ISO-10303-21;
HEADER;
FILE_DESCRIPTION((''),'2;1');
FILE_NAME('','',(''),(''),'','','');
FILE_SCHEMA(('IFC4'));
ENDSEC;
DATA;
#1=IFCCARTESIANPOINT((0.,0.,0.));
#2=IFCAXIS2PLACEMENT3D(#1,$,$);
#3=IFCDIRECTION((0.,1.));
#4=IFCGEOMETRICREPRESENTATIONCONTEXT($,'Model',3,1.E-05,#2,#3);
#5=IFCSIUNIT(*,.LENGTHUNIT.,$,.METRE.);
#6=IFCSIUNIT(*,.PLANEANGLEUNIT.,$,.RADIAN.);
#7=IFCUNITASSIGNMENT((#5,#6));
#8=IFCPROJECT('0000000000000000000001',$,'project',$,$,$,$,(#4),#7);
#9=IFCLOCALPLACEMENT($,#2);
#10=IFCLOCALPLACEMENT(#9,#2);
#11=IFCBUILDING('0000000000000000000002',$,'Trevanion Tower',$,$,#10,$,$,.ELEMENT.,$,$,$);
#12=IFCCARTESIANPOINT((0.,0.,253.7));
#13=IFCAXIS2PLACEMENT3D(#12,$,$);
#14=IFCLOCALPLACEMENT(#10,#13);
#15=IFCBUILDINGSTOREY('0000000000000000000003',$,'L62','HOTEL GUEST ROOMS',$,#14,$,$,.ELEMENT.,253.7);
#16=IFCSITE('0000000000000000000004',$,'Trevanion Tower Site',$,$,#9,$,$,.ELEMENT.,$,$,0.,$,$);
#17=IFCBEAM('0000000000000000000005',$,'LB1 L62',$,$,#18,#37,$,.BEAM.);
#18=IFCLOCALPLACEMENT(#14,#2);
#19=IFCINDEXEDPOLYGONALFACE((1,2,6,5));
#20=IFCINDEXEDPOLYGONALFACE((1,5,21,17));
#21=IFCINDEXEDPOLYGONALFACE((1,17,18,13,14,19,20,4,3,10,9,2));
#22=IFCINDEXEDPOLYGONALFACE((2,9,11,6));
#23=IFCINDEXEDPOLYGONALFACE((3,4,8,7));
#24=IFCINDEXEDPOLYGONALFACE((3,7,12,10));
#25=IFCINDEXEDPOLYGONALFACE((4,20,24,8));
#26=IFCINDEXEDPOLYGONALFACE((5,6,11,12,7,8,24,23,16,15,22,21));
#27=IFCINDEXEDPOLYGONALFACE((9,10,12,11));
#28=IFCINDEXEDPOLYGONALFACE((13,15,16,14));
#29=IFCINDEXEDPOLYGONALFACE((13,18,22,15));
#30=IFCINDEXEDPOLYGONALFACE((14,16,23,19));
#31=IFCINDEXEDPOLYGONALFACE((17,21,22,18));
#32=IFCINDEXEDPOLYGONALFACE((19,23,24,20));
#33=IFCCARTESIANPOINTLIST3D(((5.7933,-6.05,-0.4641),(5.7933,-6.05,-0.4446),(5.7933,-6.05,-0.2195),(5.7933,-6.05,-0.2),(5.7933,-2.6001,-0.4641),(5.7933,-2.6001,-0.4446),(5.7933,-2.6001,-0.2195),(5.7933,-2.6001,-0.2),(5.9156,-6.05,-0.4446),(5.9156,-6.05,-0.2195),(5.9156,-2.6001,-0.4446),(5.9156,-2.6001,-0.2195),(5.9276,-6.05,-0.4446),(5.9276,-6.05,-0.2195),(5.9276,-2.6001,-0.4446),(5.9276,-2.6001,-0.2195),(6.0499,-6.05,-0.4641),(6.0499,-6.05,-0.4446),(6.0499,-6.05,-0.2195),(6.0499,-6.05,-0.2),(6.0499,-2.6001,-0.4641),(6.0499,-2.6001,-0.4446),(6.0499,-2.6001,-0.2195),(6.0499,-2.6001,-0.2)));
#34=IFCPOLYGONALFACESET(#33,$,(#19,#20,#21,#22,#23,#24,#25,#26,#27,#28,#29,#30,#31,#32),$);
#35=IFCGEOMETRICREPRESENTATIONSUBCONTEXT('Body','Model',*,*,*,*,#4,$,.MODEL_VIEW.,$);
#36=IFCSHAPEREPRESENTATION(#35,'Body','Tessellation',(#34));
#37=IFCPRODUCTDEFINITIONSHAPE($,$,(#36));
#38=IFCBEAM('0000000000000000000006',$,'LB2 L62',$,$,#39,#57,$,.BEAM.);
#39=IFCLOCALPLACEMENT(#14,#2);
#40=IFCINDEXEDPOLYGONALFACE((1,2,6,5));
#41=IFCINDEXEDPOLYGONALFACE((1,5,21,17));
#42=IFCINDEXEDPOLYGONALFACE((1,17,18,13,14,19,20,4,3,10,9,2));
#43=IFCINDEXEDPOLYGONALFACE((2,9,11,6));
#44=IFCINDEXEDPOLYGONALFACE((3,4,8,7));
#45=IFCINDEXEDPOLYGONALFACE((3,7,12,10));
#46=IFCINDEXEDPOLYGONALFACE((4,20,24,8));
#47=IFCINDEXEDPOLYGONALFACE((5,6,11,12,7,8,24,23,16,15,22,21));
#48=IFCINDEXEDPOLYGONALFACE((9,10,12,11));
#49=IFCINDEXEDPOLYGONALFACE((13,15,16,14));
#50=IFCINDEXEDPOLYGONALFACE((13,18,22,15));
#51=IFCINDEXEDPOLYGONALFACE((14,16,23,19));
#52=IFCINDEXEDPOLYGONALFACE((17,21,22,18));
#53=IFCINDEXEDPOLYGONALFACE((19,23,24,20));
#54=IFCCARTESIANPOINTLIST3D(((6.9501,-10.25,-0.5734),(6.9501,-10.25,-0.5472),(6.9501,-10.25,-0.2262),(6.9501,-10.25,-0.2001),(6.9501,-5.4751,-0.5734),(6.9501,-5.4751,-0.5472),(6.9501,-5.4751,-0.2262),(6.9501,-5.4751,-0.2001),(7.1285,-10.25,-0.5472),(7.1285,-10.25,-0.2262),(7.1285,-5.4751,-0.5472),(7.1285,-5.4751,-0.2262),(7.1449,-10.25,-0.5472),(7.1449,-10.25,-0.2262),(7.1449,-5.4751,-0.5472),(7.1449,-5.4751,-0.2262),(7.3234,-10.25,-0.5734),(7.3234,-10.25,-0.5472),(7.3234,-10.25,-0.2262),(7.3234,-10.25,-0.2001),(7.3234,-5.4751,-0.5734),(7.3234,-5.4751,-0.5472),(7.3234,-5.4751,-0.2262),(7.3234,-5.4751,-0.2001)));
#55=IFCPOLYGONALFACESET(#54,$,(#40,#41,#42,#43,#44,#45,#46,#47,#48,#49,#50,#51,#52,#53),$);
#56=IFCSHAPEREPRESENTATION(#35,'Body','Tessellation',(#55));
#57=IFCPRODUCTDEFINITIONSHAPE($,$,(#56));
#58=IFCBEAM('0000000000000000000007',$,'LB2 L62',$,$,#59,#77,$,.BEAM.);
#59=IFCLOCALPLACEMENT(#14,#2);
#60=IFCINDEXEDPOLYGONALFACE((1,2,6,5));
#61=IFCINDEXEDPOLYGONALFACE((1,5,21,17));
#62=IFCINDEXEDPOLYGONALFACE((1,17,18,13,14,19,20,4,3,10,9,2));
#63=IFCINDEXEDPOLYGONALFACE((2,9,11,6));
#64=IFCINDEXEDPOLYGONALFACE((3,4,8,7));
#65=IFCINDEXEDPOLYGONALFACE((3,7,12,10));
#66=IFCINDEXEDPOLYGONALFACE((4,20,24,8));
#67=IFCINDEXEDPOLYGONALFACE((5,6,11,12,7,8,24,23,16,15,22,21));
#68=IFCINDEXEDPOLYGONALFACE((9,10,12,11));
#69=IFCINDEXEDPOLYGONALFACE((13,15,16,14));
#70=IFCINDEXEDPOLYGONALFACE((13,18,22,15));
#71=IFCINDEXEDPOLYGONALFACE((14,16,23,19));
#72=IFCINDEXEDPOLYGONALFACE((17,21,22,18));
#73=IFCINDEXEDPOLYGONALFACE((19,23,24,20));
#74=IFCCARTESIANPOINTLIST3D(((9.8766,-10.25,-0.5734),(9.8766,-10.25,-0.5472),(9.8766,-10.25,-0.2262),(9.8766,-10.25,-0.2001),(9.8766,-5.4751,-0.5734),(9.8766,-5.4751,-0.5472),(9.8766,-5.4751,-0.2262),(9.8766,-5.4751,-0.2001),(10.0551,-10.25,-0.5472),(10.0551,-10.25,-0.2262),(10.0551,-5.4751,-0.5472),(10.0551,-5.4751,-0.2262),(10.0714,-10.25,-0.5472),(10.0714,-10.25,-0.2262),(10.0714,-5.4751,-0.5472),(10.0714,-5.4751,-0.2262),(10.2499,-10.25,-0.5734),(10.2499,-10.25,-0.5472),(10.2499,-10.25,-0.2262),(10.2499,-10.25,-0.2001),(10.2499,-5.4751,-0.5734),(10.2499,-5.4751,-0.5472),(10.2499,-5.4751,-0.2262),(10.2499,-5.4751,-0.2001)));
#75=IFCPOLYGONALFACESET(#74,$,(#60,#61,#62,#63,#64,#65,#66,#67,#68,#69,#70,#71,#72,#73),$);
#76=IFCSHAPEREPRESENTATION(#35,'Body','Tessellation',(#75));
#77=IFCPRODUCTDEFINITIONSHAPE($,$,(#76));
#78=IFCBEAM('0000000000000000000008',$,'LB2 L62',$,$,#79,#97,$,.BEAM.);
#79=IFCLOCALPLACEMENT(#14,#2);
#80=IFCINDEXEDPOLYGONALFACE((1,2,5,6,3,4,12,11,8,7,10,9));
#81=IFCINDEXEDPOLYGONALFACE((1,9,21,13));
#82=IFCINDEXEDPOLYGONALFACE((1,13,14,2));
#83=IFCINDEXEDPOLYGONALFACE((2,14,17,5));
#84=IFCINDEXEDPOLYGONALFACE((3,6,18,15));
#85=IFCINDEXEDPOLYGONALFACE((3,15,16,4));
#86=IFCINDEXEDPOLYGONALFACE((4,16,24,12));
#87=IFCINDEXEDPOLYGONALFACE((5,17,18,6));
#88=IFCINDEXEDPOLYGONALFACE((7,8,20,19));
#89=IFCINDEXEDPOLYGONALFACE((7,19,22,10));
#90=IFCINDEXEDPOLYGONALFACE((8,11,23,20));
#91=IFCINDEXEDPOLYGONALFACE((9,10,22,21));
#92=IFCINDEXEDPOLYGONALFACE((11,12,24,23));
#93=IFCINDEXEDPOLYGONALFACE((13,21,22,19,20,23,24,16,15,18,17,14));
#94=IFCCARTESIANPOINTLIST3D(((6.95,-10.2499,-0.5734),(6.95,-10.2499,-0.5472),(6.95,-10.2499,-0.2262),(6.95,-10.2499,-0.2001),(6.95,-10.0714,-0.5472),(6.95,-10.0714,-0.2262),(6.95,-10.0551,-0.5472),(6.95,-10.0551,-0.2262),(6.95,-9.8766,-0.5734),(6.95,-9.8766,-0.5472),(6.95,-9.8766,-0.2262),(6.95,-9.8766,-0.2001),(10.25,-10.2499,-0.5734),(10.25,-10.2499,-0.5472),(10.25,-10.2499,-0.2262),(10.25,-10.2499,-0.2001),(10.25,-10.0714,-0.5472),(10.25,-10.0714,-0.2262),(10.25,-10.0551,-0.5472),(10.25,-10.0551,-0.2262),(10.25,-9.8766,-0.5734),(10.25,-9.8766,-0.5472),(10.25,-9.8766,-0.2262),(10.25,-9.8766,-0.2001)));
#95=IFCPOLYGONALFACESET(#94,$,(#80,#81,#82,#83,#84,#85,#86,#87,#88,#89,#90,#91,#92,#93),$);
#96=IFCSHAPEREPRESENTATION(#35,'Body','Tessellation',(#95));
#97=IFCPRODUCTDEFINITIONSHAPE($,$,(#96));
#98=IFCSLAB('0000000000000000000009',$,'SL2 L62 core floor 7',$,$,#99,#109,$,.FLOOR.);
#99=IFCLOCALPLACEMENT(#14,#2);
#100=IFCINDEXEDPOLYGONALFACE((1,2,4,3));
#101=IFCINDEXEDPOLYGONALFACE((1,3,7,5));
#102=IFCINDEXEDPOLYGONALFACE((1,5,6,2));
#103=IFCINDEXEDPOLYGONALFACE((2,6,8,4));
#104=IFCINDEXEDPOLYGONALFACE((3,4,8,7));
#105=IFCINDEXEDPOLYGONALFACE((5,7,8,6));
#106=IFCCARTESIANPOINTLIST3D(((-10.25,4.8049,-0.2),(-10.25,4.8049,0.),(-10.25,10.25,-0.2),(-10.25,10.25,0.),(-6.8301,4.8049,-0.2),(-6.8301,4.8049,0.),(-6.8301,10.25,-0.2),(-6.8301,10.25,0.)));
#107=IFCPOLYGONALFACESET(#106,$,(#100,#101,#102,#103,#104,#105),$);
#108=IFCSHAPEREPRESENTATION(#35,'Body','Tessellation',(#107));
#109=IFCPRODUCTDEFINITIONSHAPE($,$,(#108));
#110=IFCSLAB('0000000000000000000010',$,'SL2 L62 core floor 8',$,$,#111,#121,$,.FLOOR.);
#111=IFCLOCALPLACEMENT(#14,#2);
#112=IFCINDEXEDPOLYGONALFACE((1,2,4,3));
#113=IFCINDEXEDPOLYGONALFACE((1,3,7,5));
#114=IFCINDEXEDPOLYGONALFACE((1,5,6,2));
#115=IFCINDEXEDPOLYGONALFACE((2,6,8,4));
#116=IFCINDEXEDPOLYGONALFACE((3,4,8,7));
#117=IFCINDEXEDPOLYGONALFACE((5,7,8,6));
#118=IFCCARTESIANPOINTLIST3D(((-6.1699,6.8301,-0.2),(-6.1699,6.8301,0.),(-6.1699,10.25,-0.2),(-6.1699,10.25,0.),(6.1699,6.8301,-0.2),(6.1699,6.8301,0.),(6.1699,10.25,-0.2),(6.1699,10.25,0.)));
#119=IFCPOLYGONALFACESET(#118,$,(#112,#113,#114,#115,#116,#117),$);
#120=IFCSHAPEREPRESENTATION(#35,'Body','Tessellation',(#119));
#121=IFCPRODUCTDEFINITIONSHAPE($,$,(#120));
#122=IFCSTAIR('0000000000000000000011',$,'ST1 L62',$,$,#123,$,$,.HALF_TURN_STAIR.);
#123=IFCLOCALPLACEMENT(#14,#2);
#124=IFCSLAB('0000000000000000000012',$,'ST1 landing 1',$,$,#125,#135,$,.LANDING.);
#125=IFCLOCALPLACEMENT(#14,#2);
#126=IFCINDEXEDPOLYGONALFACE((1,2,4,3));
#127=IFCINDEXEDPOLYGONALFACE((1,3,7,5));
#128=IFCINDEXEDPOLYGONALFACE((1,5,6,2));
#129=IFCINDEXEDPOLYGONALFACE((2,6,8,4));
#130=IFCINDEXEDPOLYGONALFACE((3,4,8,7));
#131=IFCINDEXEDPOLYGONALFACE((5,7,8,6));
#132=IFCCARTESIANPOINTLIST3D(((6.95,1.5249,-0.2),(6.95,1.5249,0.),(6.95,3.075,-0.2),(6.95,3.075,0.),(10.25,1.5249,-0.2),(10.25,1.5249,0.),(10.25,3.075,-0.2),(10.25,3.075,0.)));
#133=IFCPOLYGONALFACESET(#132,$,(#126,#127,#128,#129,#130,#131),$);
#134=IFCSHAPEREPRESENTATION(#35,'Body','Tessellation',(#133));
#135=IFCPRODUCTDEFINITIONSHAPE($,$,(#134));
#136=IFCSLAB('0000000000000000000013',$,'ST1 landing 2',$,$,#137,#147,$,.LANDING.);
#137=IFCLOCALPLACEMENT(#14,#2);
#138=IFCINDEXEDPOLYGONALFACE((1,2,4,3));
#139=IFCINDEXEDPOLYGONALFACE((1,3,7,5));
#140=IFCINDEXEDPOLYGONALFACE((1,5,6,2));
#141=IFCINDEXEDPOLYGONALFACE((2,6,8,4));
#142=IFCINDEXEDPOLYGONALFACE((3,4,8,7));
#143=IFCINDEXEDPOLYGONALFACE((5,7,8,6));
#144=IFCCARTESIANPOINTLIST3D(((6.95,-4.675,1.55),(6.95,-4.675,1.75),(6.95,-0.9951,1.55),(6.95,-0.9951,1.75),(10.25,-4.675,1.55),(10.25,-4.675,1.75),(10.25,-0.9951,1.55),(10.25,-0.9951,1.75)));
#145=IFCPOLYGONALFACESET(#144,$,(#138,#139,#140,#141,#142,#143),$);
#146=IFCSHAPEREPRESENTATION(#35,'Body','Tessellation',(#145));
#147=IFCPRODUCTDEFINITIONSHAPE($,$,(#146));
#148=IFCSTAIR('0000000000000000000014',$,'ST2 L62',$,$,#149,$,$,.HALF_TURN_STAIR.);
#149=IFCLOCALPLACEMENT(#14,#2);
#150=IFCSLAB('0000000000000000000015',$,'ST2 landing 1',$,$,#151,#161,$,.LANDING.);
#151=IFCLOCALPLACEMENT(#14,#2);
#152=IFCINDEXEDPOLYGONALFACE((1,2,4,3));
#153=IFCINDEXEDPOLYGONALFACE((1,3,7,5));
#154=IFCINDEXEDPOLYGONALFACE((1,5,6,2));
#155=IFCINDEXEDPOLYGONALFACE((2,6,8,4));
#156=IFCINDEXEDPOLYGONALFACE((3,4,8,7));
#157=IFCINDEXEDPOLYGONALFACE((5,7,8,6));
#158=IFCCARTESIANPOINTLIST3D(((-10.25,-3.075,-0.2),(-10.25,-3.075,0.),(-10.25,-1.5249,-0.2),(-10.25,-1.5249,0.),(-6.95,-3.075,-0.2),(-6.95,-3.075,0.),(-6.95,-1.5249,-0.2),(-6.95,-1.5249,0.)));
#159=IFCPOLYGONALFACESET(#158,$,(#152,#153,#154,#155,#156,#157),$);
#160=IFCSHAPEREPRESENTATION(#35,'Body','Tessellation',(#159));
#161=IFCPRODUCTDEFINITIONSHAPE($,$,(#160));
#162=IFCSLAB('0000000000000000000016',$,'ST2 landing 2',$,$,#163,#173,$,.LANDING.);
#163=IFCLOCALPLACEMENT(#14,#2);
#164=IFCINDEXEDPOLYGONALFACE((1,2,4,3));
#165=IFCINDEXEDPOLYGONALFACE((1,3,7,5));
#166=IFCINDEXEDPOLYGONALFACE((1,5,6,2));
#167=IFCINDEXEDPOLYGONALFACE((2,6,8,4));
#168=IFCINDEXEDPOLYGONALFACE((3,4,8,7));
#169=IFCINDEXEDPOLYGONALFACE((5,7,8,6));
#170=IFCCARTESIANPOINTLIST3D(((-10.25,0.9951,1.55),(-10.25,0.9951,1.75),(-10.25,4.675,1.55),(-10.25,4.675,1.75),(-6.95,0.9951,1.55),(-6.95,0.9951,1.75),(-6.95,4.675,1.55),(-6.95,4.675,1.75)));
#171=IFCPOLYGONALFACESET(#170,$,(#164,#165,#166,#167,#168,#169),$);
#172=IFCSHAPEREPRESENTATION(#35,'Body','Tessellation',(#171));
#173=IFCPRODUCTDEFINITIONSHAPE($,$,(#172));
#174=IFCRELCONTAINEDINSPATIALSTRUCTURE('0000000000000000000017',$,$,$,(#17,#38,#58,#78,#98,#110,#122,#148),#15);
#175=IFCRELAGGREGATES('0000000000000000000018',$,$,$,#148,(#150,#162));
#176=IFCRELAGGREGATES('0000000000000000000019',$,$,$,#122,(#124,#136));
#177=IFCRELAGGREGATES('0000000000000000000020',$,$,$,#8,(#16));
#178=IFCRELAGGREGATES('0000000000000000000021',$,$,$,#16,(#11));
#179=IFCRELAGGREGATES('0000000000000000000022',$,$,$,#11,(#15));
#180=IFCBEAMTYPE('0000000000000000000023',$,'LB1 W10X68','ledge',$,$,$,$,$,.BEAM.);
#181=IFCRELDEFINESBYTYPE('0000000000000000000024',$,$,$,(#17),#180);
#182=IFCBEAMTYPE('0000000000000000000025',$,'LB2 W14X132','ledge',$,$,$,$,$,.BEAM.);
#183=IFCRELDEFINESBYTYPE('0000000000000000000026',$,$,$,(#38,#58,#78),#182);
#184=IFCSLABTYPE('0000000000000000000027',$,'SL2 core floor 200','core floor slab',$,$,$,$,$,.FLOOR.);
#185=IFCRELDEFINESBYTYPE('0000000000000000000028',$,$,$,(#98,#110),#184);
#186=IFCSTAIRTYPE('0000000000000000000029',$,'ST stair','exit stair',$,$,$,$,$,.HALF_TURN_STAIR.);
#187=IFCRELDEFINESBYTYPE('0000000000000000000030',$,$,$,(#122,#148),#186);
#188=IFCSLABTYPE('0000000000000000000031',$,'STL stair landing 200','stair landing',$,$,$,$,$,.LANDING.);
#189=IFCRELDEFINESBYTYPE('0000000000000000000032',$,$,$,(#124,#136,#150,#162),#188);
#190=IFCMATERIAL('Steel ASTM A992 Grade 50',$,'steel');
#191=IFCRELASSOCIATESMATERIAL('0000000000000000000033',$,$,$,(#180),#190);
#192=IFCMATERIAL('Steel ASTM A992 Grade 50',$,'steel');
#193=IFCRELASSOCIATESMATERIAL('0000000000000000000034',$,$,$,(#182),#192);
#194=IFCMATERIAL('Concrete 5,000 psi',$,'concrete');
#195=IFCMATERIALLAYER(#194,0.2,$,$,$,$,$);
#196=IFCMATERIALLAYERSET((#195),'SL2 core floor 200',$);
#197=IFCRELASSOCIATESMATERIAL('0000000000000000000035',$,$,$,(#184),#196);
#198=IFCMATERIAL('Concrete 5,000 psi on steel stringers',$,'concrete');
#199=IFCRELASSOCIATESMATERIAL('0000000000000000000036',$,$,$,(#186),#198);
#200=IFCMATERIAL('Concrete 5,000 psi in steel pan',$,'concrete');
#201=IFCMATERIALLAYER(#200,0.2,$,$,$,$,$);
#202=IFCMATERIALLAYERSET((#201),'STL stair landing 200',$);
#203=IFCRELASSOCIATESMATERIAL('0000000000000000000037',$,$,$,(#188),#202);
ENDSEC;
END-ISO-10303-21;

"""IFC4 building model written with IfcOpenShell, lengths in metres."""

from ifc_helpers import new_model, si_unit, direction, frame, origin, origin_2d, place, context, subcontext, project, spatial, polyline, i_section, outline, extrude, material, layer, layer_set, material_profile, profile_set, type_object, element, aggregate, save


model = new_model("IFC4")

# Units and contexts
model_context = context("Model", 3, precision=1e-05, world=origin(), true_north=direction((0.0, 1.0)))
body_context = subcontext(model_context, "Body", "Model", "MODEL_VIEW")
ifc_project = project(units=[si_unit("LENGTHUNIT", "METRE"), si_unit("PLANEANGLEUNIT", "RADIAN")], contexts=[model_context])

# Site, building, storey
site_placement = place(None, origin())
site = spatial("IfcSite", under=ifc_project, at=site_placement, Name="Trevanion Tower Site", CompositionType="ELEMENT", RefElevation=0.0)
building_placement = place(site_placement, origin())
building = spatial("IfcBuilding", under=site, at=building_placement, Name="Trevanion Tower", CompositionType="ELEMENT")
storey_placement = place(building_placement, frame((0.0, 0.0, 253.7)))
storey = spatial("IfcBuildingStorey", under=building, at=storey_placement, Name="L62", Description="HOTEL GUEST ROOMS", CompositionType="ELEMENT", Elevation=253.7)

# Beams
ifc_material_1 = material(Name="Steel ASTM A992 Grade 50", Category="steel")
ifc_material_profile_1 = material_profile(ifc_material_1, i_section(OverallWidth=0.2566, OverallDepth=0.2642, WebThickness=0.012, FlangeThickness=0.0195, at=origin_2d()), Name="W10X68")
ifc_profile_set_1 = profile_set([ifc_material_profile_1], Name="Steel ASTM A992 Grade 50")
beam_type_1 = type_object("IfcBeamType", Name="LB1 W10X68", Description="ledge", PredefinedType="BEAM", material=ifc_profile_set_1)
beam_1_placement = place(storey_placement, frame((5.9216, -6.05, -0.332), z_axis=(0.0, 1.0, 0.0), x_axis=(-1.0, 0.0, 0.0)))
element("IfcBeam", 1, at=beam_1_placement, inside=storey, type_object=beam_type_1, Name="LB1 L62", PredefinedType="BEAM", context=body_context, shape_type="SweptSolid", body=[
    extrude(i_section(OverallWidth=0.2566, OverallDepth=0.2642, WebThickness=0.012, FlangeThickness=0.0195, at=origin_2d()), origin(), (0.0, 0.0, 1.0), 3.45),
])
ifc_material_2 = material(Name="Steel ASTM A992 Grade 50", Category="steel")
ifc_material_profile_2 = material_profile(ifc_material_2, i_section(OverallWidth=0.3733, OverallDepth=0.3733, WebThickness=0.0164, FlangeThickness=0.0261, at=origin_2d()), Name="W14X132")
ifc_profile_set_2 = profile_set([ifc_material_profile_2], Name="Steel ASTM A992 Grade 50")
beam_type_2 = type_object("IfcBeamType", Name="LB2 W14X132", Description="ledge", PredefinedType="BEAM", material=ifc_profile_set_2)
for number, where, z_axis, x_axis, name in (
    (2, (7.1367, -10.25, -0.3867), (0.0, 1.0, 0.0), (-1.0, 0.0, 0.0), "LB2 L62"),
    (3, (10.0632, -10.25, -0.3867), (0.0, 1.0, 0.0), (-1.0, 0.0, 0.0), "LB2 L62"),
):
    element("IfcBeam", number, at=place(storey_placement, frame(where, z_axis=z_axis, x_axis=x_axis)), inside=storey, type_object=beam_type_2, Name=name, PredefinedType="BEAM", context=body_context, shape_type="SweptSolid", body=[
        extrude(i_section(OverallWidth=0.3733, OverallDepth=0.3733, WebThickness=0.0164, FlangeThickness=0.0261, at=origin_2d()), origin(), (0.0, 0.0, 1.0), 4.7749),
    ])
beam_2_placement = place(storey_placement, frame((6.95, -10.0632, -0.3867), z_axis=(1.0, 0.0, 0.0), x_axis=(0.0, 1.0, 0.0)))
element("IfcBeam", 4, at=beam_2_placement, inside=storey, type_object=beam_type_2, Name="LB2 L62", PredefinedType="BEAM", context=body_context, shape_type="SweptSolid", body=[
    extrude(i_section(OverallWidth=0.3733, OverallDepth=0.3733, WebThickness=0.0164, FlangeThickness=0.0261, at=origin_2d()), origin(), (0.0, 0.0, 1.0), 3.3),
])

# Slabs
ifc_material_3 = material(Name="Concrete 5,000 psi", Category="concrete")
ifc_layer_1 = layer(ifc_material_3, 0.2)
ifc_layer_set_1 = layer_set([ifc_layer_1], Name="SL2 core floor 200")
slab_type_1 = type_object("IfcSlabType", Name="SL2 core floor 200", Description="core floor slab", PredefinedType="FLOOR", material=ifc_layer_set_1)
slab_1_placement = place(storey_placement, frame((0.0, 0.0, -0.2)))
element("IfcSlab", 5, at=slab_1_placement, inside=storey, type_object=slab_type_1, Name="SL2 L62 core floor 7", PredefinedType="FLOOR", context=body_context, shape_type="SweptSolid", body=[
    extrude(outline(polyline([(-6.8301, 4.8049), (-10.25, 4.8049), (-10.25, 10.25), (-6.8301, 10.25), (-6.8301, 4.8049)])), origin(), (0.0, 0.0, 1.0), 0.2),
])
slab_2_placement = place(storey_placement, frame((0.0, 0.0, -0.2)))
element("IfcSlab", 6, at=slab_2_placement, inside=storey, type_object=slab_type_1, Name="SL2 L62 core floor 8", PredefinedType="FLOOR", context=body_context, shape_type="SweptSolid", body=[
    extrude(outline(polyline([(6.1699, 6.8301), (-6.1699, 6.8301), (-6.1699, 10.25), (6.1699, 10.25), (6.1699, 6.8301)])), origin(), (0.0, 0.0, 1.0), 0.2),
])

# Stairs, slabs
ifc_material_4 = material(Name="Concrete 5,000 psi on steel stringers", Category="concrete")
stair_type = type_object("IfcStairType", Name="ST stair", Description="exit stair", PredefinedType="HALF_TURN_STAIR", material=ifc_material_4)
stair_1_placement = place(storey_placement, origin())
stair_1 = element("IfcStair", 7, at=stair_1_placement, inside=storey, type_object=stair_type, Name="ST1 L62", PredefinedType="HALF_TURN_STAIR")
ifc_material_5 = material(Name="Concrete 5,000 psi in steel pan", Category="concrete")
ifc_layer_2 = layer(ifc_material_5, 0.2)
ifc_layer_set_2 = layer_set([ifc_layer_2], Name="STL stair landing 200")
slab_type_2 = type_object("IfcSlabType", Name="STL stair landing 200", Description="stair landing", PredefinedType="LANDING", material=ifc_layer_set_2)
slab_3_placement = place(storey_placement, frame((0.0, 0.0, -0.2)))
slab_3 = element("IfcSlab", 8, at=slab_3_placement, type_object=slab_type_2, Name="ST1 landing 1", PredefinedType="LANDING", context=body_context, shape_type="SweptSolid", body=[
    extrude(outline(polyline([(6.95, 1.5249), (10.25, 1.5249), (10.25, 3.075), (6.95, 3.075), (6.95, 1.5249)])), origin(), (0.0, 0.0, 1.0), 0.2),
])
slab_4_placement = place(storey_placement, frame((0.0, 0.0, 1.55)))
slab_4 = element("IfcSlab", 9, at=slab_4_placement, type_object=slab_type_2, Name="ST1 landing 2", PredefinedType="LANDING", context=body_context, shape_type="SweptSolid", body=[
    extrude(outline(polyline([(6.95, -4.675), (10.25, -4.675), (10.25, -0.9951), (6.95, -0.9951), (6.95, -4.675)])), origin(), (0.0, 0.0, 1.0), 0.2),
])
stair_2_placement = place(storey_placement, origin())
stair_2 = element("IfcStair", 10, at=stair_2_placement, inside=storey, type_object=stair_type, Name="ST2 L62", PredefinedType="HALF_TURN_STAIR")
slab_5_placement = place(storey_placement, frame((0.0, 0.0, -0.2)))
slab_5 = element("IfcSlab", 11, at=slab_5_placement, type_object=slab_type_2, Name="ST2 landing 1", PredefinedType="LANDING", context=body_context, shape_type="SweptSolid", body=[
    extrude(outline(polyline([(-6.95, -1.5249), (-10.25, -1.5249), (-10.25, -3.075), (-6.95, -3.075), (-6.95, -1.5249)])), origin(), (0.0, 0.0, 1.0), 0.2),
])
slab_6_placement = place(storey_placement, frame((0.0, 0.0, 1.55)))
slab_6 = element("IfcSlab", 12, at=slab_6_placement, type_object=slab_type_2, Name="ST2 landing 2", PredefinedType="LANDING", context=body_context, shape_type="SweptSolid", body=[
    extrude(outline(polyline([(-6.95, 4.675), (-10.25, 4.675), (-10.25, 0.9951), (-6.95, 0.9951), (-6.95, 4.675)])), origin(), (0.0, 0.0, 1.0), 0.2),
])
aggregate(stair_2, [slab_5, slab_6])

aggregate(stair_1, [slab_3, slab_4])

save(model, "model.ifc")
